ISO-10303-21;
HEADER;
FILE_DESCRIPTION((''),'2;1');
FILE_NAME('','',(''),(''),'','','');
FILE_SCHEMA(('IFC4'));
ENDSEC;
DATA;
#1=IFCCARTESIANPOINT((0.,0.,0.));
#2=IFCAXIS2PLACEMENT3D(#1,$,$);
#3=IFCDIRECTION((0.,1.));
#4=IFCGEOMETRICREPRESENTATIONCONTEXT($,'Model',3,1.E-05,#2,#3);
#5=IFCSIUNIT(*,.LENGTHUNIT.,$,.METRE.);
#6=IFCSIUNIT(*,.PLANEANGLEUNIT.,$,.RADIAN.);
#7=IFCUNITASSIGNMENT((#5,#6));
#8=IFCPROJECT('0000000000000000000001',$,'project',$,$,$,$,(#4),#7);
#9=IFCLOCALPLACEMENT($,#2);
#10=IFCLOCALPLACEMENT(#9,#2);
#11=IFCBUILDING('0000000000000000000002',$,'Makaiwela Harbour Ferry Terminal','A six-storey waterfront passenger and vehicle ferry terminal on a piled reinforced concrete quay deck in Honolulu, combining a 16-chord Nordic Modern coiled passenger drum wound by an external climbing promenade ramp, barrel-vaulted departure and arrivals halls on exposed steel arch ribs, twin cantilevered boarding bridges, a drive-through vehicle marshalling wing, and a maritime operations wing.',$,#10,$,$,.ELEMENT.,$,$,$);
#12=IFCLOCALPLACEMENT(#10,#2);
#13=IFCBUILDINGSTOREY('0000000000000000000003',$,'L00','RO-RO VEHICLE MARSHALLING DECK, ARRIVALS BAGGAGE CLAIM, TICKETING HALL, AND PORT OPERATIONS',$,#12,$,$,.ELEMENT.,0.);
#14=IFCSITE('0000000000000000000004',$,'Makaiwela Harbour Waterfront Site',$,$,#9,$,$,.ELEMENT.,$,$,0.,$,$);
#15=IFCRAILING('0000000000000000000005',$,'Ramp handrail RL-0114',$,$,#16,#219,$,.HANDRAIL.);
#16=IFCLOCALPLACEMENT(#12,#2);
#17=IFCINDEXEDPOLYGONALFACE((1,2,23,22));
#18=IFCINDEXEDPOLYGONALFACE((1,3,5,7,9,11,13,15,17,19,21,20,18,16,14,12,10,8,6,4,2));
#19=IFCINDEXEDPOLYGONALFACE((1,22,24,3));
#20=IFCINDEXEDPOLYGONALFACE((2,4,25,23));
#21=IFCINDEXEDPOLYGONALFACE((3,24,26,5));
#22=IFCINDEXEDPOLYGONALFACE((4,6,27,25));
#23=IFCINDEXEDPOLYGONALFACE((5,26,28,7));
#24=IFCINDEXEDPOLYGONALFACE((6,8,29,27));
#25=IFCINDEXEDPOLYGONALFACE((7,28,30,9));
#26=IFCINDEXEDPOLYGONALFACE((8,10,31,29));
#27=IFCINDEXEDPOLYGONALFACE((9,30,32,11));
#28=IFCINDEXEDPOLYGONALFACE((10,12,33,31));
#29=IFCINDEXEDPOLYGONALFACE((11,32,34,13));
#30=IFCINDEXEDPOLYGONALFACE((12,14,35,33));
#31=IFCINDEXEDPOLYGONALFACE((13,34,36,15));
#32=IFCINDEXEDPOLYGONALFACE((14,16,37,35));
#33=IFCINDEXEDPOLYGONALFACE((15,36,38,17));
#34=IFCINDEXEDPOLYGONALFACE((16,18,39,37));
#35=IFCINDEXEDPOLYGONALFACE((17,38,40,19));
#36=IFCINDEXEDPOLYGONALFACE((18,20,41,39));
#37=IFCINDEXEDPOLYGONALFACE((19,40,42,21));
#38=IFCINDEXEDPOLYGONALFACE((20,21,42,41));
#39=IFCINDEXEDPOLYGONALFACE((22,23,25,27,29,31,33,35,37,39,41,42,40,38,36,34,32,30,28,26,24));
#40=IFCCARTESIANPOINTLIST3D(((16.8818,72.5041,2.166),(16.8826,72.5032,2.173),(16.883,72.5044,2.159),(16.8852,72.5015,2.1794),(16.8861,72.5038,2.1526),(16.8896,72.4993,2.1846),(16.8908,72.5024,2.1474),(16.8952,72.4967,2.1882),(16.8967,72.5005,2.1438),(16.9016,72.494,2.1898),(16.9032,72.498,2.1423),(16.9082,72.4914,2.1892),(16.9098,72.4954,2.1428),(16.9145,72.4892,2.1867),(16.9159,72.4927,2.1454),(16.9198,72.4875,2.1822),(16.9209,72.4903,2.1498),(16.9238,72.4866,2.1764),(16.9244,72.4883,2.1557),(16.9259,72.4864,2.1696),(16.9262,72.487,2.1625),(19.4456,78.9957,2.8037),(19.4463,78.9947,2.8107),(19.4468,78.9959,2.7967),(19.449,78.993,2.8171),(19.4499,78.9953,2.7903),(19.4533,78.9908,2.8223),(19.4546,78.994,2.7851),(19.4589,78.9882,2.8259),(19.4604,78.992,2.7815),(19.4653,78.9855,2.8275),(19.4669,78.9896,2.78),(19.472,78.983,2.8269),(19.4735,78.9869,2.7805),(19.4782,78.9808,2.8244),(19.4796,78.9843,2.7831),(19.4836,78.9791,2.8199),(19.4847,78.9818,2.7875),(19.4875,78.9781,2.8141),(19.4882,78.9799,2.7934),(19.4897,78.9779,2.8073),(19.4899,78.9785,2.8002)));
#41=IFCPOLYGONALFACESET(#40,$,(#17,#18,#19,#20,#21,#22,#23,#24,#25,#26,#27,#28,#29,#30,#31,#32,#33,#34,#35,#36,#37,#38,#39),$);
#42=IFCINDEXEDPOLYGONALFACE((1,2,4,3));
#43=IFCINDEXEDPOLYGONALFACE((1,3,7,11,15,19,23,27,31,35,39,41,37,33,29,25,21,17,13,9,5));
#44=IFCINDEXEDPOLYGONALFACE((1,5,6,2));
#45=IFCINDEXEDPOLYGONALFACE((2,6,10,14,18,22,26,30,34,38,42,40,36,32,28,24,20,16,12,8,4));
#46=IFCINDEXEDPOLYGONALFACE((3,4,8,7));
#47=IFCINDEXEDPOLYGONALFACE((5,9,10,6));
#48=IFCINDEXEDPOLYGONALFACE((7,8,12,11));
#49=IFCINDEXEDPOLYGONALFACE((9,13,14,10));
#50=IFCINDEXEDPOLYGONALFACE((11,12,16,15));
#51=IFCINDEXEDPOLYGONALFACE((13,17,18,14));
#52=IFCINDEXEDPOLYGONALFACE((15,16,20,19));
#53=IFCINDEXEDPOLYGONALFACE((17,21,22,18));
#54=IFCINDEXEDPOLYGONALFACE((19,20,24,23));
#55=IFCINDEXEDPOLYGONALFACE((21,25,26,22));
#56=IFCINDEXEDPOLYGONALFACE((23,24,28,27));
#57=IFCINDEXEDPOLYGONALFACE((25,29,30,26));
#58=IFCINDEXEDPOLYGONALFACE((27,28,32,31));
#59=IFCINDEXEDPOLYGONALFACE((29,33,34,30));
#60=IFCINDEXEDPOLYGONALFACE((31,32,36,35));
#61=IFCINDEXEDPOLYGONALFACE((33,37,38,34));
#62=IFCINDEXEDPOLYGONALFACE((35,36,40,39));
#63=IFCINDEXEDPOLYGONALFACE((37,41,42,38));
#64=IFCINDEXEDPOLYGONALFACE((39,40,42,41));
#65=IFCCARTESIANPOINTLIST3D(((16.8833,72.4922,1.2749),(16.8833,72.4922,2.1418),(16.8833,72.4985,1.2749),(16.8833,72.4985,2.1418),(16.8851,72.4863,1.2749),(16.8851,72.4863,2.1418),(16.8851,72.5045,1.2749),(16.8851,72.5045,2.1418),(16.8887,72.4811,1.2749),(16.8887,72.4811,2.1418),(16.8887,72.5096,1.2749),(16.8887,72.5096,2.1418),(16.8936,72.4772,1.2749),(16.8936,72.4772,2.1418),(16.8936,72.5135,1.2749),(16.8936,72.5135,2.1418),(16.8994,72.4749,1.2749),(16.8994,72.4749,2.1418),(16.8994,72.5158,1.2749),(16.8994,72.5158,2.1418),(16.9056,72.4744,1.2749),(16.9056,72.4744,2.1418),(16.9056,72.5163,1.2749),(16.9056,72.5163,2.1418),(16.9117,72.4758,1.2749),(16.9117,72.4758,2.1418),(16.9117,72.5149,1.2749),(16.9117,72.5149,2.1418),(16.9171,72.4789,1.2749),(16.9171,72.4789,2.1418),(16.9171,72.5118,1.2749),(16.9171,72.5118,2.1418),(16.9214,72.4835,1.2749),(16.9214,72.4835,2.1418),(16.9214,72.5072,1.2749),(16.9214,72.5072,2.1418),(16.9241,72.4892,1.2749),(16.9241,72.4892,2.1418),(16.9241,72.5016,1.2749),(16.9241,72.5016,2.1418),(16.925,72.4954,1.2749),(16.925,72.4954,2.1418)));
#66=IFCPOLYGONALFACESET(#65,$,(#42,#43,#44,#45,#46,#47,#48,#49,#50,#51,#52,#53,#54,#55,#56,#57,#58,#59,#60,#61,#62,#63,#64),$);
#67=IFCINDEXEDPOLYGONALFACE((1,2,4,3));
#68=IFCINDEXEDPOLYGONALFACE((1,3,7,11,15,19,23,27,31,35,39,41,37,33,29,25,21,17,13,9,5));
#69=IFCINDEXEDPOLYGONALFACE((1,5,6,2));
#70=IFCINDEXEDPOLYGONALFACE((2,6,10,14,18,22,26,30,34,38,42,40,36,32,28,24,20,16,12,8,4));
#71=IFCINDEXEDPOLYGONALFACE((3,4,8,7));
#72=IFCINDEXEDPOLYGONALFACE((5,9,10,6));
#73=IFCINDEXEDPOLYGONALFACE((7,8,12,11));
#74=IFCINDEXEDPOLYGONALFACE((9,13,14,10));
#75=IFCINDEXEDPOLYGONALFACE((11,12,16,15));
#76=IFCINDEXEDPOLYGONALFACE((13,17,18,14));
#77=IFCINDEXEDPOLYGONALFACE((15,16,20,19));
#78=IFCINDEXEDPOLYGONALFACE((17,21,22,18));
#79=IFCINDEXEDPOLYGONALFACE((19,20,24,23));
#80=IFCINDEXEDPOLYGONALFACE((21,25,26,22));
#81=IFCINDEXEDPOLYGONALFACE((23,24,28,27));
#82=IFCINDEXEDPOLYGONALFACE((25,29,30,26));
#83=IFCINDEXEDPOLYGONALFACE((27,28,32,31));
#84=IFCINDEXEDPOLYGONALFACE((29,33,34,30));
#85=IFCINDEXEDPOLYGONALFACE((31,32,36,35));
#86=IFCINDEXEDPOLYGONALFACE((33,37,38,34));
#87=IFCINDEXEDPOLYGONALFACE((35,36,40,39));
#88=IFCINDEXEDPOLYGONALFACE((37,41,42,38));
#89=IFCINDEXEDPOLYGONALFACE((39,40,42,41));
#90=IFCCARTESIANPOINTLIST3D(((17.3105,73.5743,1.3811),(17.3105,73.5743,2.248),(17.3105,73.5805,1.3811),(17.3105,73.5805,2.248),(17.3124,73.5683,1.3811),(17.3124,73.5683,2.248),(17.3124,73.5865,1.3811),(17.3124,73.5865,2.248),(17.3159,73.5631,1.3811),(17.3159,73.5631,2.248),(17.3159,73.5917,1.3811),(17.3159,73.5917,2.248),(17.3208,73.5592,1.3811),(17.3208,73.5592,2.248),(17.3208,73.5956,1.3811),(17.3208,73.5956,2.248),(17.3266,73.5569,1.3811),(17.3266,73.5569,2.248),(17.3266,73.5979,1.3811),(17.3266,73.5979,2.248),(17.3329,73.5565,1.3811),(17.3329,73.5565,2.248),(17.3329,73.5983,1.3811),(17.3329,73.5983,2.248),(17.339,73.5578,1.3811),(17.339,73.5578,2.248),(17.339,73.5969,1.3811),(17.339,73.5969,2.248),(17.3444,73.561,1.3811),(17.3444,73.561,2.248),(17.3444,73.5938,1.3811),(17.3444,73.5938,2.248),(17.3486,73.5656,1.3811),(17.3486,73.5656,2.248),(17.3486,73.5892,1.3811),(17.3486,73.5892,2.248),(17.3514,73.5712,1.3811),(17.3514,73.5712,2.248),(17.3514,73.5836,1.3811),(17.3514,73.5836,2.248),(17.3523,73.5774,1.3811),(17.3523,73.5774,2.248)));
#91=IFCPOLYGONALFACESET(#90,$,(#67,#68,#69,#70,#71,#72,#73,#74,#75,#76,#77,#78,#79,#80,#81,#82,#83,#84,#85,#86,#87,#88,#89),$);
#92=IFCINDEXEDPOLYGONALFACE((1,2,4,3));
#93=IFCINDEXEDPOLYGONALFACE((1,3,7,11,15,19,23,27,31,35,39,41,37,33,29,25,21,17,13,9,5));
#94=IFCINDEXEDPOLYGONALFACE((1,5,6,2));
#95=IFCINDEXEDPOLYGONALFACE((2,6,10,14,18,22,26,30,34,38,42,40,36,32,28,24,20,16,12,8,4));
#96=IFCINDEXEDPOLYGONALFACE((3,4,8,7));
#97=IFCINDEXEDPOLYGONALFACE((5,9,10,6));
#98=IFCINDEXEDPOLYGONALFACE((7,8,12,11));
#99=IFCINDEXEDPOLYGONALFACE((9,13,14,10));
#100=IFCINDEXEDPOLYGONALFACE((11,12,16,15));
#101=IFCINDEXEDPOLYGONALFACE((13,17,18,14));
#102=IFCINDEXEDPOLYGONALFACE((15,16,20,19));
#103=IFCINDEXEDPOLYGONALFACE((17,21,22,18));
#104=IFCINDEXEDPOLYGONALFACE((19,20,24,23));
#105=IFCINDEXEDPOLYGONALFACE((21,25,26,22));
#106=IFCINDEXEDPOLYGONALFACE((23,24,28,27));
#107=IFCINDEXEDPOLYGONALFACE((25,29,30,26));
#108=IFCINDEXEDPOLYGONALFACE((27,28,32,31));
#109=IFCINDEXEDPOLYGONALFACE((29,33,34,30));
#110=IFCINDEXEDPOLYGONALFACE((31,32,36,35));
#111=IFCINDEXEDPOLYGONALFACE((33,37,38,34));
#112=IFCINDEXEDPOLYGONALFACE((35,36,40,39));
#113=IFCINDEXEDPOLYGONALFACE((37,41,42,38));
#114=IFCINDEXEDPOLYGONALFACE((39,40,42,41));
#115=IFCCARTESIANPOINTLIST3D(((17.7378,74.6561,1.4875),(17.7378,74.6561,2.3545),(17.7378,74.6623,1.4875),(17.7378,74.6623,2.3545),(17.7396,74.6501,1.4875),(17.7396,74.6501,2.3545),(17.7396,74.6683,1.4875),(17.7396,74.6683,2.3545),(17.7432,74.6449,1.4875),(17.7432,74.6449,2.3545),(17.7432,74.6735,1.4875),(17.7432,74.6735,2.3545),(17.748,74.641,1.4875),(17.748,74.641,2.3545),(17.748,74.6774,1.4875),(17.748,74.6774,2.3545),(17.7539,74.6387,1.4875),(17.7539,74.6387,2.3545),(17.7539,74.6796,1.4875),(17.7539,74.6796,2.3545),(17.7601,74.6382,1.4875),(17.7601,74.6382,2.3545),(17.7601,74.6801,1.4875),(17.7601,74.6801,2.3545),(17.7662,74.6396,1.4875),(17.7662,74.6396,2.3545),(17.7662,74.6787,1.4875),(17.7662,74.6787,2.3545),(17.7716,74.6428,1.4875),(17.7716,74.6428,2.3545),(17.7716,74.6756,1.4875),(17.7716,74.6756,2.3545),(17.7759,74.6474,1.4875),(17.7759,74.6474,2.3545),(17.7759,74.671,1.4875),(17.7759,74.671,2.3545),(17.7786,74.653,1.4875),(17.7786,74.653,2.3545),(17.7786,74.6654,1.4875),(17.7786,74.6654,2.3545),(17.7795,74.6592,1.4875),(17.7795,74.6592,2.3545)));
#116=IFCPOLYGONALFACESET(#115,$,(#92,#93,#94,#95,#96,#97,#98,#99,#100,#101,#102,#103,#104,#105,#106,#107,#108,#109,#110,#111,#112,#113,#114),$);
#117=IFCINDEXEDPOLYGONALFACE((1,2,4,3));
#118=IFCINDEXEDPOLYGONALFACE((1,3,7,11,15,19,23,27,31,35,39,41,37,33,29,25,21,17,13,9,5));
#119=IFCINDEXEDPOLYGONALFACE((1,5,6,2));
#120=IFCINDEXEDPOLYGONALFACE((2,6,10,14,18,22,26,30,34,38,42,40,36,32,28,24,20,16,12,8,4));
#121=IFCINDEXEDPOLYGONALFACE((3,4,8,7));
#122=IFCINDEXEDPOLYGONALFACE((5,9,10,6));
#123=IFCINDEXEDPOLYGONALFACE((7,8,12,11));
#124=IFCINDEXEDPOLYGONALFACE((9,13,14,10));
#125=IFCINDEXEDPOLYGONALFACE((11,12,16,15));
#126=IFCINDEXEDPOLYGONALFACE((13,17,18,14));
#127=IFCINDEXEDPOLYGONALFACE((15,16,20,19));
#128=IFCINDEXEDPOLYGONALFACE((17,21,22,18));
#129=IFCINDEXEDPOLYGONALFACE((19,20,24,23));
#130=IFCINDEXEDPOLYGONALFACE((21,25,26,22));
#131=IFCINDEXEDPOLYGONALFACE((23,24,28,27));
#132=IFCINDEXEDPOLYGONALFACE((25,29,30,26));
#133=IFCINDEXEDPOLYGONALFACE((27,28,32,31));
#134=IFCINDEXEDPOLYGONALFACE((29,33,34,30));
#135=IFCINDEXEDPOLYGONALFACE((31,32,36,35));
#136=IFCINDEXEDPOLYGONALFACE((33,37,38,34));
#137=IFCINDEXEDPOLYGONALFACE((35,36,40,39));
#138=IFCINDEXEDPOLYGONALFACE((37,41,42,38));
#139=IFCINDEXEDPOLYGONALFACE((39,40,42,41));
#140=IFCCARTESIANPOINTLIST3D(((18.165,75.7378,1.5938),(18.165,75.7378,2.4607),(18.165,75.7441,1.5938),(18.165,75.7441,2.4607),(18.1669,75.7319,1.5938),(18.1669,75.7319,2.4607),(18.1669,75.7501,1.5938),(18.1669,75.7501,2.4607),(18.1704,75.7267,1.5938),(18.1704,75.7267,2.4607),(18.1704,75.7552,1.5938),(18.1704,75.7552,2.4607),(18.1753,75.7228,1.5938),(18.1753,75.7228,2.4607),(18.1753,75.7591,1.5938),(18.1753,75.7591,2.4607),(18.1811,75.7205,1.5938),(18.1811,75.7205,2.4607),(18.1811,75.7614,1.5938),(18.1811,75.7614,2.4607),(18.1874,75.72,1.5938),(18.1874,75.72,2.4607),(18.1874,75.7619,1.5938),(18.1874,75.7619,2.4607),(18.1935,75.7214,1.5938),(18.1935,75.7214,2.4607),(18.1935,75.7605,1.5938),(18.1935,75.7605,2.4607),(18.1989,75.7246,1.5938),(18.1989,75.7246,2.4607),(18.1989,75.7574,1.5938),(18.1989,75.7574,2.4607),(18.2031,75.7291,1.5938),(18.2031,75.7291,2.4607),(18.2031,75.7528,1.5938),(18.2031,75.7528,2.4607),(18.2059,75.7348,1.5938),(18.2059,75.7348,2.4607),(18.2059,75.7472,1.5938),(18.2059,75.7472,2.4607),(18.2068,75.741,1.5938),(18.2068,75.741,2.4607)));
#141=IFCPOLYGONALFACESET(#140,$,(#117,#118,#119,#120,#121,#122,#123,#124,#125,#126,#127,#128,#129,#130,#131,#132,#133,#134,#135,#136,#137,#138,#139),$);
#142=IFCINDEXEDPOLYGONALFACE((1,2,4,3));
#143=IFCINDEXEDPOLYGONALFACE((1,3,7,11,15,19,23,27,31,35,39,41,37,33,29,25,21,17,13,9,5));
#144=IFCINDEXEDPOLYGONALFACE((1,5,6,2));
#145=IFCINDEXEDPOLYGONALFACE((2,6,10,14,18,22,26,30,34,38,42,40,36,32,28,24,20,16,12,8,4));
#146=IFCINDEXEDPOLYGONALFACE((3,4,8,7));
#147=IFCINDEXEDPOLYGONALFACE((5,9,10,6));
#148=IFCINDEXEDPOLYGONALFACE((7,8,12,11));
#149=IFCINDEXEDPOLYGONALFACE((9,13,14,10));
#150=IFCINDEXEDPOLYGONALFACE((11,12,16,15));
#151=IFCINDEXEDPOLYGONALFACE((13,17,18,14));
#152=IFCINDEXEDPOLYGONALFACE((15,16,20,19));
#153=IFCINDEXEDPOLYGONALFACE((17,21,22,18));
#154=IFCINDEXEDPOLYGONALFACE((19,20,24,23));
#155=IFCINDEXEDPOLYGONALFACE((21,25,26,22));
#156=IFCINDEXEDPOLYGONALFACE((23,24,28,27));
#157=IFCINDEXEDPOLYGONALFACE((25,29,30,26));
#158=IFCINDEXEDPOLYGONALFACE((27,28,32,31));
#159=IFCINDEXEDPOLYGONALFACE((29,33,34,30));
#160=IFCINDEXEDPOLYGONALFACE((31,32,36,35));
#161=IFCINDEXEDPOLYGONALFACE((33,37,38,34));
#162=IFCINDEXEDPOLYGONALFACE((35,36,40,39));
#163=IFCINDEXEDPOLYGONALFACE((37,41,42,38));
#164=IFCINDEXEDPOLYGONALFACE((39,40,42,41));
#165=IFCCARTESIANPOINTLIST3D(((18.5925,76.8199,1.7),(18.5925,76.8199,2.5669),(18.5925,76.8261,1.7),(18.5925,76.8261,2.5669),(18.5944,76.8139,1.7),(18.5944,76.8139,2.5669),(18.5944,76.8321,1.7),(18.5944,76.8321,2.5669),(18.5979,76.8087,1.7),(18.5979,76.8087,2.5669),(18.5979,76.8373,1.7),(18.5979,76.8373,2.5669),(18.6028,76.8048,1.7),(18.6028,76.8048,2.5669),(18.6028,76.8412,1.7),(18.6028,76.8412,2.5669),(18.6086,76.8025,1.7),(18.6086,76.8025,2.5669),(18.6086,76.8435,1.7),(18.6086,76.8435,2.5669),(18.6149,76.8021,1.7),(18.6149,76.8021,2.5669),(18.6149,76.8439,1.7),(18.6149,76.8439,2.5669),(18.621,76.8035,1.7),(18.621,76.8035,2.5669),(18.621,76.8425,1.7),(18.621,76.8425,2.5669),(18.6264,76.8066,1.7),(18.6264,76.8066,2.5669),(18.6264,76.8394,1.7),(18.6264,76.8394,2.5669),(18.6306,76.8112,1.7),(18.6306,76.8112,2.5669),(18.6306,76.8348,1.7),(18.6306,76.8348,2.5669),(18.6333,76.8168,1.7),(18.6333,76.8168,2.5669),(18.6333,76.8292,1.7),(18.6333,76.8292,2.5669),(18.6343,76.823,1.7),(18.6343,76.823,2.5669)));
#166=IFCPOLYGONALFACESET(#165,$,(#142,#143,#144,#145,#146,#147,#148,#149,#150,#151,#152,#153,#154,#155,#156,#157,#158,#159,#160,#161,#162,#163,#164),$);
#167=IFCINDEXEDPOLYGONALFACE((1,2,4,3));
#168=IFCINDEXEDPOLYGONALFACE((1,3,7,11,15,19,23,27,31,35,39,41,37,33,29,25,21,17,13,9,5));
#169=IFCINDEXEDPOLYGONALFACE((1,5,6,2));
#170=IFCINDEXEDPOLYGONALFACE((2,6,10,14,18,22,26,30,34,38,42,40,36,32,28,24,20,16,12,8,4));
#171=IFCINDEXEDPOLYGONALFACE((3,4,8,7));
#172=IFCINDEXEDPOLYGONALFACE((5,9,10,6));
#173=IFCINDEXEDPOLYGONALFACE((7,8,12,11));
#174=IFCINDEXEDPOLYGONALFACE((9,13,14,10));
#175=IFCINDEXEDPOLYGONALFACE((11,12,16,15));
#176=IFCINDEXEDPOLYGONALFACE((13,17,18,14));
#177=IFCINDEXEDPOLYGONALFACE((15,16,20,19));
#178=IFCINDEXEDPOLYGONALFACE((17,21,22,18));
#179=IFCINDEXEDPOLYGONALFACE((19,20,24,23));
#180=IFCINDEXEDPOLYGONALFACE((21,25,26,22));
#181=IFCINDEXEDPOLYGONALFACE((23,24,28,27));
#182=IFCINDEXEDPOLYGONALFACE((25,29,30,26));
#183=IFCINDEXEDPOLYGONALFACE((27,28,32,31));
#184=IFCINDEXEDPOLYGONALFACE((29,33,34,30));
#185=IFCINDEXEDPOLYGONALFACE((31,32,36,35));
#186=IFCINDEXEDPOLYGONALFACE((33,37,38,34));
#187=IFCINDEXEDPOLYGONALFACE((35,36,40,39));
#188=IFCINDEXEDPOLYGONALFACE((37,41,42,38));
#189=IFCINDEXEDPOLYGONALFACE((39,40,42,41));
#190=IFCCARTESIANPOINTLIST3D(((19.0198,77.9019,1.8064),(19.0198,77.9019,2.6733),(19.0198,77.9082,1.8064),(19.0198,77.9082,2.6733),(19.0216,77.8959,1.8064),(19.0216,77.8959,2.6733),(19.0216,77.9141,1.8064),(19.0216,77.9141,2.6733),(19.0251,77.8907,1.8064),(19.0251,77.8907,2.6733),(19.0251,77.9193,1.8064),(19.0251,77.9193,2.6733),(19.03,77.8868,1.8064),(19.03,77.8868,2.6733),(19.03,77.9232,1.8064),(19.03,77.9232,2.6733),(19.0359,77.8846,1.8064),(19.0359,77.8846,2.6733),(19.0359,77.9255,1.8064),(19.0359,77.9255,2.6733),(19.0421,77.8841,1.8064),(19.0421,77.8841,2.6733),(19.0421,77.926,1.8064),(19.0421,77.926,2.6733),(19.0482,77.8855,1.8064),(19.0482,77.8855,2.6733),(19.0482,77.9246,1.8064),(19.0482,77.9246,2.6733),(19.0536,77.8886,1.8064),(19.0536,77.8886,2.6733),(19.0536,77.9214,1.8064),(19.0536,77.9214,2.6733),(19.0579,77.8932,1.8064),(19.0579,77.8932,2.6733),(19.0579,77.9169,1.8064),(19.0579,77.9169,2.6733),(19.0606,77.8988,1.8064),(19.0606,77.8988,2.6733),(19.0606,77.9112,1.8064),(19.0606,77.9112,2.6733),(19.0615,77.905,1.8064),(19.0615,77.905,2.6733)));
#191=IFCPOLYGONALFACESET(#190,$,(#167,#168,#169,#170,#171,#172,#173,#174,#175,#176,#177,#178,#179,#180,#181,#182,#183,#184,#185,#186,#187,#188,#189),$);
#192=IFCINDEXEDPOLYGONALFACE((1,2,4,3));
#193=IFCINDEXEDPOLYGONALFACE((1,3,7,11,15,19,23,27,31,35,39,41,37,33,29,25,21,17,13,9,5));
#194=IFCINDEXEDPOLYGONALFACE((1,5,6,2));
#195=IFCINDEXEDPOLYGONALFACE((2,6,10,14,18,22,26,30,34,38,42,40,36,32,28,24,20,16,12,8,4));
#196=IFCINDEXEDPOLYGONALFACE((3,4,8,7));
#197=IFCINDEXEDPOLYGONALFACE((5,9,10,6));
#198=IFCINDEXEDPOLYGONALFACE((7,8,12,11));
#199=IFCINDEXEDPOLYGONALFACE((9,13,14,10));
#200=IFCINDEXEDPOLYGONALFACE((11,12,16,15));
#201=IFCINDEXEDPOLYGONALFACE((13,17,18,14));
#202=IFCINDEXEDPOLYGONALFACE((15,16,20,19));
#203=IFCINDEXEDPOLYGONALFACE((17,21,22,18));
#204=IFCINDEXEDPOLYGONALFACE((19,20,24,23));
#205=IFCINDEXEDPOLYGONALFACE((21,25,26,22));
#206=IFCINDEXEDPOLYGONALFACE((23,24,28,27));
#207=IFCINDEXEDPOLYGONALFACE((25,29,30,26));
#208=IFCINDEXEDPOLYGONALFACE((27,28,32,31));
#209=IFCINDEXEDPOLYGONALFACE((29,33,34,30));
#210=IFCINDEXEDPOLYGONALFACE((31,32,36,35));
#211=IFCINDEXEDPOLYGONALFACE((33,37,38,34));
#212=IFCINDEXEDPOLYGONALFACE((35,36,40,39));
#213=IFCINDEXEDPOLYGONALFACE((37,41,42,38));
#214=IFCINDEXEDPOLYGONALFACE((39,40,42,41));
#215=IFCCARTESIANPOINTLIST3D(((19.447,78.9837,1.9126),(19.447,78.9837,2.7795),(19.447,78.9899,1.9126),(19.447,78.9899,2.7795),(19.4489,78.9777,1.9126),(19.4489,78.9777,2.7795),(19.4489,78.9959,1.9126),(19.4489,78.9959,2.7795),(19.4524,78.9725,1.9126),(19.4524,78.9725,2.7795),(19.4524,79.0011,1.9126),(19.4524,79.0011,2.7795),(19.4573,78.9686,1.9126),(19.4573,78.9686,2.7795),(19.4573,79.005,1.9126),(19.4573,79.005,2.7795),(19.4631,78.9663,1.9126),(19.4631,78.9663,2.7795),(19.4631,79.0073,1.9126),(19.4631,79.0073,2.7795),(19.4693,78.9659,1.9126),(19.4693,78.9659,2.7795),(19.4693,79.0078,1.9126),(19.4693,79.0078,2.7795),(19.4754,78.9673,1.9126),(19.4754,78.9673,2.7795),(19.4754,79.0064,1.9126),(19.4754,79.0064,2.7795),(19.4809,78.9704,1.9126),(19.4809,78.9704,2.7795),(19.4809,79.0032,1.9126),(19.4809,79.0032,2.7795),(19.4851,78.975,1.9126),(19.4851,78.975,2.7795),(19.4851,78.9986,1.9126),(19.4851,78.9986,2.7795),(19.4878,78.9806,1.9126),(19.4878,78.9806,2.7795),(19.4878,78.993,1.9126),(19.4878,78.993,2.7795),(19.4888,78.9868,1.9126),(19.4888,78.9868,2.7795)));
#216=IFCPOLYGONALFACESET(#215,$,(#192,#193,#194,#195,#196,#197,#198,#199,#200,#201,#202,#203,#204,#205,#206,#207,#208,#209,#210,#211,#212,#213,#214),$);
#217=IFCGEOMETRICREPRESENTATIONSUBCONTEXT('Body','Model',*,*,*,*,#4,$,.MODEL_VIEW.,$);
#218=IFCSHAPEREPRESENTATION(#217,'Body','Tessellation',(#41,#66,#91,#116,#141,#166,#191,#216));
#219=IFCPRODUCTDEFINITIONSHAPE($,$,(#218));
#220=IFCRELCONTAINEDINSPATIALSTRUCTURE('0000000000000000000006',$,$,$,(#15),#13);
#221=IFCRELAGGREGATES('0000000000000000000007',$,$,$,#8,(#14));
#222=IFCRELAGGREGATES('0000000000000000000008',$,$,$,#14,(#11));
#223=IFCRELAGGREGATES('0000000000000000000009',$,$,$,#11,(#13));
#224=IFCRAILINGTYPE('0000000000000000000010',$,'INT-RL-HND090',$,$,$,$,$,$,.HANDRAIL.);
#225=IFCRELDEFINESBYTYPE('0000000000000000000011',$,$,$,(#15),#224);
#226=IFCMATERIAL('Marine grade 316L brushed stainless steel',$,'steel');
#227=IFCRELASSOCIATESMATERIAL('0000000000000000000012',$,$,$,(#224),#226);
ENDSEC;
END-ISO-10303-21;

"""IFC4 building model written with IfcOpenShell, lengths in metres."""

from ifc_helpers import new_model, si_unit, direction, frame, origin, origin_2d, place, context, subcontext, project, spatial, circle, extrude, material, type_object, element, save


model = new_model("IFC4")

# Units and contexts
model_context = context("Model", 3, precision=1e-05, world=origin(), true_north=direction((0.0, 1.0)))
body_context = subcontext(model_context, "Body", "Model", "MODEL_VIEW")
ifc_project = project(units=[si_unit("LENGTHUNIT", "METRE"), si_unit("PLANEANGLEUNIT", "RADIAN")], contexts=[model_context])

# Site, building, storey
site_placement = place(None, origin())
site = spatial("IfcSite", under=ifc_project, at=site_placement, Name="Makaiwela Harbour Waterfront Site", CompositionType="ELEMENT", RefElevation=0.0)
building_placement = place(site_placement, origin())
building = spatial("IfcBuilding", under=site, at=building_placement, Name="Makaiwela Harbour Ferry Terminal", Description="A six-storey waterfront passenger and vehicle ferry terminal on a piled reinforced concrete quay deck in Honolulu, combining a 16-chord Nordic Modern coiled passenger drum wound by an external climbing promenade ramp, barrel-vaulted departure and arrivals halls on exposed steel arch ribs, twin cantilevered boarding bridges, a drive-through vehicle marshalling wing, and a maritime operations wing.", CompositionType="ELEMENT")
storey_placement = place(building_placement, origin())
storey = spatial("IfcBuildingStorey", under=building, at=storey_placement, Name="L00", Description="RO-RO VEHICLE MARSHALLING DECK, ARRIVALS BAGGAGE CLAIM, TICKETING HALL, AND PORT OPERATIONS", CompositionType="ELEMENT", Elevation=0.0)

# Railing
ifc_material_1 = material(Name="Marine grade 316L brushed stainless steel", Category="steel")
railing_type_1 = type_object("IfcRailingType", Name="INT-RL-HND090", PredefinedType="HANDRAIL", material=ifc_material_1)
railing_1_placement = place(storey_placement, frame((16.9041, 72.4954, 1.2749)))
element("IfcRailing", 1, at=railing_1_placement, inside=storey, type_object=railing_type_1, Name="Ramp handrail RL-0114", PredefinedType="HANDRAIL", context=body_context, shape_type="SweptSolid", body=[
    extrude(circle(Radius=0.0239, at=origin_2d()), frame((0.0, 0.0, 0.8911), z_axis=(0.365804, 0.926233, 0.09099), x_axis=(-0.930091, 0.367328, 0.0)), (0.0, 0.0, 1.0), 7.0085),
    extrude(circle(Radius=0.021, at=origin_2d()), origin(), (0.0, 0.0, 1.0), 0.8669),
    extrude(circle(Radius=0.021, at=origin_2d()), frame((0.4272, 1.082, 0.1062)), (0.0, 0.0, 1.0), 0.8669),
    extrude(circle(Radius=0.021, at=origin_2d()), frame((0.8545, 2.1638, 0.2126)), (0.0, 0.0, 1.0), 0.8669),
    extrude(circle(Radius=0.021, at=origin_2d()), frame((1.2817, 3.2456, 0.3188)), (0.0, 0.0, 1.0), 0.8669),
    extrude(circle(Radius=0.021, at=origin_2d()), frame((1.7092, 4.3276, 0.425)), (0.0, 0.0, 1.0), 0.8669),
    extrude(circle(Radius=0.021, at=origin_2d()), frame((2.1365, 5.4097, 0.5315)), (0.0, 0.0, 1.0), 0.8669),
    extrude(circle(Radius=0.021, at=origin_2d()), frame((2.5637, 6.4915, 0.6377)), (0.0, 0.0, 1.0), 0.8669),
])

save(model, "model.ifc")
